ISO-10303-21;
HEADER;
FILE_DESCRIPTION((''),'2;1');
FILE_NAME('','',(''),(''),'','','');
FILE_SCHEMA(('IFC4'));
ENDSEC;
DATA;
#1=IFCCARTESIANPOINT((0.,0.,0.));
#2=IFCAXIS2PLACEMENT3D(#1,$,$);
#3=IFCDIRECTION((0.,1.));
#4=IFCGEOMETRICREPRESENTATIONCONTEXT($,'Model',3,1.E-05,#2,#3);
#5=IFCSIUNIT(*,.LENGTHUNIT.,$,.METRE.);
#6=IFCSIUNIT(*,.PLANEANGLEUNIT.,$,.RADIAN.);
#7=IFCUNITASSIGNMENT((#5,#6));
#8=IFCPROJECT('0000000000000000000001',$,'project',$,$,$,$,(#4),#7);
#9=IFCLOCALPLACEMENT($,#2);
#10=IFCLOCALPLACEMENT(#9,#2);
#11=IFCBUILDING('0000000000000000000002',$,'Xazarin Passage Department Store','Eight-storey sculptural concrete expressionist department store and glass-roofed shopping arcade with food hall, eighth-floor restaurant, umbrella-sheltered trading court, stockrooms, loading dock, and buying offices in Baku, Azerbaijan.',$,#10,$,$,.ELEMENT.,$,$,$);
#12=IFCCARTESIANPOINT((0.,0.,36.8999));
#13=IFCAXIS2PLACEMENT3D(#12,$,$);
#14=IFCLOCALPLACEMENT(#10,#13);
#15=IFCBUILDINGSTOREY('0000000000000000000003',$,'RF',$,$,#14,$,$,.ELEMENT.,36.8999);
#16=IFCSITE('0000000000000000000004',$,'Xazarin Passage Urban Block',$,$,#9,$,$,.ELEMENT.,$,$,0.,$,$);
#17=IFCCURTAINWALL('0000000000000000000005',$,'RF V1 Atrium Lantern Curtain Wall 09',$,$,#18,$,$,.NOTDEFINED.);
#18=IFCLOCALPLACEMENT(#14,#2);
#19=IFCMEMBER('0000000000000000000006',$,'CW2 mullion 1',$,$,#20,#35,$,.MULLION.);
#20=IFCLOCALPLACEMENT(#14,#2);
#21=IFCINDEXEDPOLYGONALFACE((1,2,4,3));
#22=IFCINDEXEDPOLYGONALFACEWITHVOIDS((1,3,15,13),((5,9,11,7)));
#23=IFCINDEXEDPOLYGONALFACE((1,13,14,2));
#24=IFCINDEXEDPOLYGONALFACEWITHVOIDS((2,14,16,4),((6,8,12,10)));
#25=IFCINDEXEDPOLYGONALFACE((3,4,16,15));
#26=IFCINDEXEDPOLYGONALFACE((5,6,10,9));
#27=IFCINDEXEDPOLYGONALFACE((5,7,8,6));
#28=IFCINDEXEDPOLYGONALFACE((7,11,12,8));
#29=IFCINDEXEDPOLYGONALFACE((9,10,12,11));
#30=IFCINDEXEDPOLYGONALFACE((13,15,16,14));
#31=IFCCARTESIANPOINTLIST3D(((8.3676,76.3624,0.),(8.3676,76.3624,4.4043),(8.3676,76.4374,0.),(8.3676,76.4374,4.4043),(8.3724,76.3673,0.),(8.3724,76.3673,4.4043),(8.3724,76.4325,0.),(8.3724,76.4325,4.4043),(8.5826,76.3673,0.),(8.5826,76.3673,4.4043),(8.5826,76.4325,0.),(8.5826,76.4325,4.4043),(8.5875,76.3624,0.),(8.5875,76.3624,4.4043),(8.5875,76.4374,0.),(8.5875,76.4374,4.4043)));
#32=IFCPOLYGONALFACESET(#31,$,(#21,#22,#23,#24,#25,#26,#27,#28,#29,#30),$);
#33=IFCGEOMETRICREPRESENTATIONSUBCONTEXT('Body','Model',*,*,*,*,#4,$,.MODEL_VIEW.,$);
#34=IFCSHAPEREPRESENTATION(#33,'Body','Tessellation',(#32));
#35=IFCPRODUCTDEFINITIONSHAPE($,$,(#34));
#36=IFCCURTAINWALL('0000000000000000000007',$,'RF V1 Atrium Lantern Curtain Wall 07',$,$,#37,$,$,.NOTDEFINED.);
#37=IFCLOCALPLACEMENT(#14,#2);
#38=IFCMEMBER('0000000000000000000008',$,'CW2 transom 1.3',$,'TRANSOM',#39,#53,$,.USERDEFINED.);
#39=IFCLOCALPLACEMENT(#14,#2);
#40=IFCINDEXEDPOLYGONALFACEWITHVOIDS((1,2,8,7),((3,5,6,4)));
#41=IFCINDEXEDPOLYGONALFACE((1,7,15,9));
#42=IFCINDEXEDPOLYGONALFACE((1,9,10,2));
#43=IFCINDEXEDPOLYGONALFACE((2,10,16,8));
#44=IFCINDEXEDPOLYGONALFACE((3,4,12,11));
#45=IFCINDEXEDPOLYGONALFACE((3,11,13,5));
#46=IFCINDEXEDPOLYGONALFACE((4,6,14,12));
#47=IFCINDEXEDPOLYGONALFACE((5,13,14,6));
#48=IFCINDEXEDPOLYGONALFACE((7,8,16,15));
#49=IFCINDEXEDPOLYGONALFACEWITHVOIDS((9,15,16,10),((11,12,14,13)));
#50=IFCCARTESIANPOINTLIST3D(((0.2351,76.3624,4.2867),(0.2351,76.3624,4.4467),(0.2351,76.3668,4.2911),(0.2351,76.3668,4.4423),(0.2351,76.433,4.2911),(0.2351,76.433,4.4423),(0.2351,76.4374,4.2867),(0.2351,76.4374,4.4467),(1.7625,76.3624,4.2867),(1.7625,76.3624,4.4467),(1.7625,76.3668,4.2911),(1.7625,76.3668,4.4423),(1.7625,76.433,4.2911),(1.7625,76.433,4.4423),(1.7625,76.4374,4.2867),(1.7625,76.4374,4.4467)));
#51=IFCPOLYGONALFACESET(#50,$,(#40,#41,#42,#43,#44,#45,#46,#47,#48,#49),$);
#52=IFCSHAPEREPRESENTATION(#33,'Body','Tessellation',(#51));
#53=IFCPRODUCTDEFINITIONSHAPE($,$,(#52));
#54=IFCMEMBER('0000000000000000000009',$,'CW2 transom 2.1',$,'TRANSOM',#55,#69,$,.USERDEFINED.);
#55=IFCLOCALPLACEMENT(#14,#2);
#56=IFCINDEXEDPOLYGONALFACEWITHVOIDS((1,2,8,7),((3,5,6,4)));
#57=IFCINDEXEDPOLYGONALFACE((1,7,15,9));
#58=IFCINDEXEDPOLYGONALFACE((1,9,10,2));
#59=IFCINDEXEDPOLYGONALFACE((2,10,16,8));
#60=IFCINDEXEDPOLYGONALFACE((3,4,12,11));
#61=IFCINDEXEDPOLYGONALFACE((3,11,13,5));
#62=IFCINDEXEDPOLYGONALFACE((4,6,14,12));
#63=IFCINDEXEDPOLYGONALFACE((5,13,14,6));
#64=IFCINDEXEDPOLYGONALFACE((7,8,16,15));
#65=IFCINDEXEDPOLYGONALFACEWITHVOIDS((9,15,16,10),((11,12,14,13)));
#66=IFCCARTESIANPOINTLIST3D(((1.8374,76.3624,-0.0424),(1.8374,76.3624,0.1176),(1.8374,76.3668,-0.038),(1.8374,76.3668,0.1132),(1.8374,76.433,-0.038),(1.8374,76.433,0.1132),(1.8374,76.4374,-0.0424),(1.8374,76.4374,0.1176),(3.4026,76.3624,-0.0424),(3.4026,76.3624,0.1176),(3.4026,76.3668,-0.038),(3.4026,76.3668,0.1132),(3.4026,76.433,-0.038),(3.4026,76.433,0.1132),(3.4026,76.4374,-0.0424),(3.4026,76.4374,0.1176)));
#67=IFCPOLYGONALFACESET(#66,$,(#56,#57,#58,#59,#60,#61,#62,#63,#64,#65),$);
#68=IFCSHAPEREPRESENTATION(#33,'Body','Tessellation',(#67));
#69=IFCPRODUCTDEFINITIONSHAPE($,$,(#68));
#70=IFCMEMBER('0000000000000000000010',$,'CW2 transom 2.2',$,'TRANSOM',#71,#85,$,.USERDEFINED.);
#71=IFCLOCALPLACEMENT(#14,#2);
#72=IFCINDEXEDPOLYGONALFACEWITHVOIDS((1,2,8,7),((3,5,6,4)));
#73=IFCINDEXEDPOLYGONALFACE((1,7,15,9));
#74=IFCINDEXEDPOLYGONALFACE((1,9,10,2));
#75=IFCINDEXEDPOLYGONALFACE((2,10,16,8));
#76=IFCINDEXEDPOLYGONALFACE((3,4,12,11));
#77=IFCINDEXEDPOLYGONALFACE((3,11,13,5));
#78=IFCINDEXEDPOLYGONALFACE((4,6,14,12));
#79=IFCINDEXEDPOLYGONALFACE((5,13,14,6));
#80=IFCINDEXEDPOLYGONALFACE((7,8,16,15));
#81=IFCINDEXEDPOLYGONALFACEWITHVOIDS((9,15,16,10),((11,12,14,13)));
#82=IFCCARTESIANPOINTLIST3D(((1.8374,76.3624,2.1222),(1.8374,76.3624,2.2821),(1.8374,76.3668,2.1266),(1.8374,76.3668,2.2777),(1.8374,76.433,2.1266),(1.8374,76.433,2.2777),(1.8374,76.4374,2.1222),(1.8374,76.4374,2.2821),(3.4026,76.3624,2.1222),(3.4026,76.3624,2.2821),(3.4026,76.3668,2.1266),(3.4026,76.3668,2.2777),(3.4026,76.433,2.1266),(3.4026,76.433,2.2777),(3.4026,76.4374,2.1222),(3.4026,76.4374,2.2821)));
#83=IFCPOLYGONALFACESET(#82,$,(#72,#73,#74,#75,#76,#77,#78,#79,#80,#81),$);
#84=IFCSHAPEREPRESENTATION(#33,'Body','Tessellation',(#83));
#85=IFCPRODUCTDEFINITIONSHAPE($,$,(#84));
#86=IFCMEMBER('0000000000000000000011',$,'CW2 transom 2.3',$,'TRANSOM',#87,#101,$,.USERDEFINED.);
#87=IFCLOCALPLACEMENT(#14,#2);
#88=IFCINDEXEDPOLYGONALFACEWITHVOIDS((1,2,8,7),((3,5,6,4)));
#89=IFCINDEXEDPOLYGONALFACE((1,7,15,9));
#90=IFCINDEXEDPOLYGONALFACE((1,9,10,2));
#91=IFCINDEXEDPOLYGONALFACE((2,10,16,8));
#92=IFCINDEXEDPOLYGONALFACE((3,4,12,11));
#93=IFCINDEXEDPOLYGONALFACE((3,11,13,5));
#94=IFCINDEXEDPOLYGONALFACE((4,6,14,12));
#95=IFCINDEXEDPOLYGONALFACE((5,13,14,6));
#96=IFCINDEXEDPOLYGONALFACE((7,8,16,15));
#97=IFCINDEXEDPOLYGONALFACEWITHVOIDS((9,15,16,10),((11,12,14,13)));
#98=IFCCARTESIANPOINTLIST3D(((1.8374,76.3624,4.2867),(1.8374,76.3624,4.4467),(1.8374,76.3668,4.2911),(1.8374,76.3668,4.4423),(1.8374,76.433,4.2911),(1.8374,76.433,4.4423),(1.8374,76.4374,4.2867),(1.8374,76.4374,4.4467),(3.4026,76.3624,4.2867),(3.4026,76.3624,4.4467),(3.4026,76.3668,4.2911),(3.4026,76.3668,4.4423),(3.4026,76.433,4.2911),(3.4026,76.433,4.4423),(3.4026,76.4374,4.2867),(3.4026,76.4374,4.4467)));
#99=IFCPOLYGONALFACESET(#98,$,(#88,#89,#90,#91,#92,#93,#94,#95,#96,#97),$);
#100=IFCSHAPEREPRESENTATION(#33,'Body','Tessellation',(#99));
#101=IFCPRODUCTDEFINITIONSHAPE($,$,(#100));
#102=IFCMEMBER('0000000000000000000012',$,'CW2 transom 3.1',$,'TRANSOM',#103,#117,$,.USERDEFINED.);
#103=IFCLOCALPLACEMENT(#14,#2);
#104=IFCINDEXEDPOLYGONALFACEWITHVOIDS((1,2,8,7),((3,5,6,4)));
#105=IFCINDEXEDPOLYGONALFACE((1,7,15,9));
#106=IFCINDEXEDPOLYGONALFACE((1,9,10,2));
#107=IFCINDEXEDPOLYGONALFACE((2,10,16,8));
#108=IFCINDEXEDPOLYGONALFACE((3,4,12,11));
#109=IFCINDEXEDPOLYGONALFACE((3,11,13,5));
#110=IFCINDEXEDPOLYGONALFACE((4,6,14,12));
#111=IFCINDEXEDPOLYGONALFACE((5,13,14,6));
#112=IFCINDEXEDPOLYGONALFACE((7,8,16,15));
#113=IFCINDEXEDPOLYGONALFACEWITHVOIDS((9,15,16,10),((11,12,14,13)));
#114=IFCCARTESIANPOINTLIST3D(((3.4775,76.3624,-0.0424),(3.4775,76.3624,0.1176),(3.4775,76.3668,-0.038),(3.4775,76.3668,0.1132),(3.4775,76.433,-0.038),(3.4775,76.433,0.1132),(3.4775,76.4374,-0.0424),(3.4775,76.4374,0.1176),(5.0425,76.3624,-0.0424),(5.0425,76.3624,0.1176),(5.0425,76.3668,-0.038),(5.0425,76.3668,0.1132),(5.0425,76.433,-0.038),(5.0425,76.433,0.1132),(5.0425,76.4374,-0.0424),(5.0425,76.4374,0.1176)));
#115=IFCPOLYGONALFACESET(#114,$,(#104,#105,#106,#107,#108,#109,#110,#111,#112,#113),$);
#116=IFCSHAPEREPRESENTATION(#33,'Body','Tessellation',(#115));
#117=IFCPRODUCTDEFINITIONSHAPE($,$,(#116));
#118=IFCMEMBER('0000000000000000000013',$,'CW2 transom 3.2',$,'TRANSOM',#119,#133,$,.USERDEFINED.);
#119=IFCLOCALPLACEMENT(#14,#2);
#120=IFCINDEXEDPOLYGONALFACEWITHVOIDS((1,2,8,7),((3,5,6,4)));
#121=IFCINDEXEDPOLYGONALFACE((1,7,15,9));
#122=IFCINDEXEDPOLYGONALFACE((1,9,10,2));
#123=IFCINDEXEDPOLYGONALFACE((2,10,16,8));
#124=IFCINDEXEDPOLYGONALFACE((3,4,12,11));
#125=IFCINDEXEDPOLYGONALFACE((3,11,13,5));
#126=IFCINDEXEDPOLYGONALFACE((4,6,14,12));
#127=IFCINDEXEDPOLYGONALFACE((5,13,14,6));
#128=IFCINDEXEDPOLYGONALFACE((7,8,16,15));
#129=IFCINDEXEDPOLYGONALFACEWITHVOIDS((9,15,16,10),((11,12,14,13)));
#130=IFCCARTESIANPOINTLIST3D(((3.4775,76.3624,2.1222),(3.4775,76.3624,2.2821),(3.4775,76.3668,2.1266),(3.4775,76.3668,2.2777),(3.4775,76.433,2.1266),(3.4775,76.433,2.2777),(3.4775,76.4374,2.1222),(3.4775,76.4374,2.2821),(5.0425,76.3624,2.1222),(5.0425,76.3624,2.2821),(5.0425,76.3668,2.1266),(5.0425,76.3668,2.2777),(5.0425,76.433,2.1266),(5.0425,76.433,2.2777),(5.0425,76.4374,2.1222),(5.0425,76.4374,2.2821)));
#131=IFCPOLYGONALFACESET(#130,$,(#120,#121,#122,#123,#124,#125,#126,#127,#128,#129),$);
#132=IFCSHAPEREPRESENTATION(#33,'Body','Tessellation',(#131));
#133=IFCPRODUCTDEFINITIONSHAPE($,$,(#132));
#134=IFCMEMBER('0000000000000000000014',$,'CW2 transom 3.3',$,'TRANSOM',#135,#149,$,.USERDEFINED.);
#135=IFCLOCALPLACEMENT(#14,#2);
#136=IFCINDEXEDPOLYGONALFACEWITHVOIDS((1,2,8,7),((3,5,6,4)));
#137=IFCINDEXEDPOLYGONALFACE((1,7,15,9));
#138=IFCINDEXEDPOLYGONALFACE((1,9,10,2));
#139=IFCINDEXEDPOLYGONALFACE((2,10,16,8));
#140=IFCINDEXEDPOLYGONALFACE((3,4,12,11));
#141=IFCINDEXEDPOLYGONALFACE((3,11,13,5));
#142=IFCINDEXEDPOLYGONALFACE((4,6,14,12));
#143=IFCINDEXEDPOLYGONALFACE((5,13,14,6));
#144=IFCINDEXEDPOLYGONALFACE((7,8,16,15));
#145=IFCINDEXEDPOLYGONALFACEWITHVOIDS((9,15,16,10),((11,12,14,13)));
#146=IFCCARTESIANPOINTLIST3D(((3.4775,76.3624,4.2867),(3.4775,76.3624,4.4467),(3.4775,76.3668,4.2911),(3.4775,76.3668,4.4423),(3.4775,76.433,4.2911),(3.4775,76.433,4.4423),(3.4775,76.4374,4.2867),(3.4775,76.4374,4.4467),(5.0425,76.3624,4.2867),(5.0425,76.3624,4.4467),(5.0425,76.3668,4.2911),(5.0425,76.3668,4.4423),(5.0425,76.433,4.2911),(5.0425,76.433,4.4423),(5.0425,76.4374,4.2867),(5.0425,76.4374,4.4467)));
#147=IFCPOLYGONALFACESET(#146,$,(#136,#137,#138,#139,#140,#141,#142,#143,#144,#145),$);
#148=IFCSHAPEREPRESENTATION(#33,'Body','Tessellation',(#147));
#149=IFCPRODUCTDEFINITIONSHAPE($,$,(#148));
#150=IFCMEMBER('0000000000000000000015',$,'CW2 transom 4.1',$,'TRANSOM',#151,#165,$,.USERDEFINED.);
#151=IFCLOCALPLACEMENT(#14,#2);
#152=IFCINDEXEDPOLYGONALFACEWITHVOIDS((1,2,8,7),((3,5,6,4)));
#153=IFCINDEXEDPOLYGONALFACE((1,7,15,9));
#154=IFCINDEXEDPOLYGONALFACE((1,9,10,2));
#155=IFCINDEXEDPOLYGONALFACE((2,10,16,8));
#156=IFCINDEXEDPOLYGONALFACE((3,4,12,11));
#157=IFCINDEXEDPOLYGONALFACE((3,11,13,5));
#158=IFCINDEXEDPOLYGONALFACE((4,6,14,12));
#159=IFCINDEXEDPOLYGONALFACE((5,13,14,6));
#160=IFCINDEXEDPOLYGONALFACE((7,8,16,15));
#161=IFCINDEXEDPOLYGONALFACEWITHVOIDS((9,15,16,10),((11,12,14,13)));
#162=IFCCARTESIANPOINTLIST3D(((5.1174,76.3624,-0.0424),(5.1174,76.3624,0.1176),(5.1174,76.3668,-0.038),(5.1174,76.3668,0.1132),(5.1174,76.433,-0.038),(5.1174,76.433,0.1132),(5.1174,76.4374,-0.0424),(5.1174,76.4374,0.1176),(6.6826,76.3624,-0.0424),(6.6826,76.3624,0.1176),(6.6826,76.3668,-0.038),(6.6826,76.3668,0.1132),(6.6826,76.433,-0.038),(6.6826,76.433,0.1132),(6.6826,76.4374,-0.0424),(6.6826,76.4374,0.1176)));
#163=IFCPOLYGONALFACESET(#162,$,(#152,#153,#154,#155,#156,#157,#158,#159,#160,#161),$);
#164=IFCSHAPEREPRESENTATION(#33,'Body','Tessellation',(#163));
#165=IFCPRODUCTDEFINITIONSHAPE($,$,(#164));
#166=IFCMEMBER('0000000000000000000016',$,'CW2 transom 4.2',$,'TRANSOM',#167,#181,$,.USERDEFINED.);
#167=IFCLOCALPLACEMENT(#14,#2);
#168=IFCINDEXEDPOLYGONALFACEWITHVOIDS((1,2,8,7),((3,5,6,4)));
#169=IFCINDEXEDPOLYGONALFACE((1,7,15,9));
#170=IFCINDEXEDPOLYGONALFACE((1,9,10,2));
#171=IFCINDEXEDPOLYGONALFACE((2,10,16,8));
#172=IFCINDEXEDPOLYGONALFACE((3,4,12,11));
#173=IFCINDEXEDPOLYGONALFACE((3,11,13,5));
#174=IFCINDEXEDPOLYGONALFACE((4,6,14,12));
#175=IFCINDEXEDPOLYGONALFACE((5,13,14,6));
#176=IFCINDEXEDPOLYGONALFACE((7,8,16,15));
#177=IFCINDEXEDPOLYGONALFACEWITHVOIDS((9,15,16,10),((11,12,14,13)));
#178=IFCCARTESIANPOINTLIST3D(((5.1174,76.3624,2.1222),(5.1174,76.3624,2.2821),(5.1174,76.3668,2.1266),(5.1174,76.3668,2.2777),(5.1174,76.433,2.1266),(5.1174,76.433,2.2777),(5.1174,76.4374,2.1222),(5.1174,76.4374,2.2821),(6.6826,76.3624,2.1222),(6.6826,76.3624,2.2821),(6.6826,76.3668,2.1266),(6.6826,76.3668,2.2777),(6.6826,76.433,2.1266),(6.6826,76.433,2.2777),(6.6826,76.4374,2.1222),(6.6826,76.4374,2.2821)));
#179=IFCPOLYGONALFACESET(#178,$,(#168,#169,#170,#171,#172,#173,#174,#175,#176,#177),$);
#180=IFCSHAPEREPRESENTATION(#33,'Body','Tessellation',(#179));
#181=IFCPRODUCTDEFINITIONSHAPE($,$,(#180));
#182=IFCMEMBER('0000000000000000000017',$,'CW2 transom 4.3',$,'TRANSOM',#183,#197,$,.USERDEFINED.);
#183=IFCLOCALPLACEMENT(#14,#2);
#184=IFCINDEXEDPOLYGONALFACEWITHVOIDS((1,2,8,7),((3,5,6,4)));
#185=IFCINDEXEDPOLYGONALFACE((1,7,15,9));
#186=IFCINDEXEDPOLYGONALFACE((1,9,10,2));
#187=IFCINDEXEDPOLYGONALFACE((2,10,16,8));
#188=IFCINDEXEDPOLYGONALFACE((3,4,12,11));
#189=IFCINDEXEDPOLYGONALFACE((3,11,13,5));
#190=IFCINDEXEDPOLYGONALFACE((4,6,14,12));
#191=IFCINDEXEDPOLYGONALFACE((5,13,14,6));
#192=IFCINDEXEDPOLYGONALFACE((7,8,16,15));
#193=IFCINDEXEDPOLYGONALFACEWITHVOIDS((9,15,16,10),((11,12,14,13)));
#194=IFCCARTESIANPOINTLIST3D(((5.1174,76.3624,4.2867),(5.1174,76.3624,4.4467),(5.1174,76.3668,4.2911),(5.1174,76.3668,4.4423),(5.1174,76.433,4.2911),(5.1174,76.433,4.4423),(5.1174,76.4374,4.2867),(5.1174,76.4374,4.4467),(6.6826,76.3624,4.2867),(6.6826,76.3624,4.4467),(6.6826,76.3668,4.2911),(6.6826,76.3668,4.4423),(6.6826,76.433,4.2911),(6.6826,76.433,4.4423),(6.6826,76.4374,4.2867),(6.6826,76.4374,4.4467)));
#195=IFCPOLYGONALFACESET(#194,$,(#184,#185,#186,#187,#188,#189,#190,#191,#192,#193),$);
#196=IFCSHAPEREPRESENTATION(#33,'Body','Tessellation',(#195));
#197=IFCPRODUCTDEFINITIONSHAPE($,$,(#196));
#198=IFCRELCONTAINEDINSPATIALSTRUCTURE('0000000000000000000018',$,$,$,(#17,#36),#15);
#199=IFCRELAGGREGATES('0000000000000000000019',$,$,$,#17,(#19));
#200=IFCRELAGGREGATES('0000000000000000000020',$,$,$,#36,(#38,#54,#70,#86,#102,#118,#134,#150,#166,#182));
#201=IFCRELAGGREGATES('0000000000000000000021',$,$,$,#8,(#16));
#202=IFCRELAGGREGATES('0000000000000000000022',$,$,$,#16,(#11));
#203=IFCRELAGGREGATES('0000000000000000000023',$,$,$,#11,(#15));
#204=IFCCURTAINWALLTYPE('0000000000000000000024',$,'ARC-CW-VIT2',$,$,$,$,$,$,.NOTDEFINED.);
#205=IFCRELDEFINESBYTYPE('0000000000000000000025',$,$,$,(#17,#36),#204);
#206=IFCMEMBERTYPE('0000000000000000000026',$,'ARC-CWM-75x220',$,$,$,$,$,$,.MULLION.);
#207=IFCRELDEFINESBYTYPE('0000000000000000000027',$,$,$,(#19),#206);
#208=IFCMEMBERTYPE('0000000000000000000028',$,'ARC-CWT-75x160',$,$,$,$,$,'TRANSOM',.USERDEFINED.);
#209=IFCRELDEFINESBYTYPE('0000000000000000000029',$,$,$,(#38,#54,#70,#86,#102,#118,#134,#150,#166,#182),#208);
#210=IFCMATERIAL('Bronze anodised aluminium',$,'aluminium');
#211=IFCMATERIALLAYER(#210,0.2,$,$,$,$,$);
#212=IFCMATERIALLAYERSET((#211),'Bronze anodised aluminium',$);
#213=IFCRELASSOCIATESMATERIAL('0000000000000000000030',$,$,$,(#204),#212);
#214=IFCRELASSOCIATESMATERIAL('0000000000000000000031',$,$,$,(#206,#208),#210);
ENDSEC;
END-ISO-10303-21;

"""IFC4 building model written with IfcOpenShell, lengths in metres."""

from ifc_helpers import new_model, si_unit, direction, frame, origin, origin_2d, place, context, subcontext, project, spatial, hollow_rectangle, extrude, material, layer, layer_set, material_profile, profile_set, type_object, element, aggregate, save


model = new_model("IFC4")

# Units and contexts
model_context = context("Model", 3, precision=1e-05, world=origin(), true_north=direction((0.0, 1.0)))
body_context = subcontext(model_context, "Body", "Model", "MODEL_VIEW")
ifc_project = project(units=[si_unit("LENGTHUNIT", "METRE"), si_unit("PLANEANGLEUNIT", "RADIAN")], contexts=[model_context])

# Site, building, storey
site_placement = place(None, origin())
site = spatial("IfcSite", under=ifc_project, at=site_placement, Name="Xazarin Passage Urban Block", CompositionType="ELEMENT", RefElevation=0.0)
building_placement = place(site_placement, origin())
building = spatial("IfcBuilding", under=site, at=building_placement, Name="Xazarin Passage Department Store", Description="Eight-storey sculptural concrete expressionist department store and glass-roofed shopping arcade with food hall, eighth-floor restaurant, umbrella-sheltered trading court, stockrooms, loading dock, and buying offices in Baku, Azerbaijan.", CompositionType="ELEMENT")
storey_placement = place(building_placement, frame((0.0, 0.0, 36.8999)))
storey = spatial("IfcBuildingStorey", under=building, at=storey_placement, Name="RF", CompositionType="ELEMENT", Elevation=36.8999)

# Curtain wall, member
ifc_material_1 = material(Name="Bronze anodised aluminium", Category="aluminium")
ifc_layer_1 = layer(ifc_material_1, 0.2)
ifc_layer_set_1 = layer_set([ifc_layer_1], Name="Bronze anodised aluminium")
curtain_wall_type = type_object("IfcCurtainWallType", Name="ARC-CW-VIT2", PredefinedType="NOTDEFINED", material=ifc_layer_set_1)
curtain_wall_1_placement = place(storey_placement, origin())
curtain_wall_1 = element("IfcCurtainWall", 1, at=curtain_wall_1_placement, inside=storey, type_object=curtain_wall_type, Name="RF V1 Atrium Lantern Curtain Wall 09", PredefinedType="NOTDEFINED")
ifc_material_profile_1 = material_profile(ifc_material_1, hollow_rectangle(XDim=0.075, YDim=0.22, WallThickness=0.0049, at=origin_2d()), Name="ALU 75x220")
ifc_profile_set_1 = profile_set([ifc_material_profile_1], Name="Bronze anodised aluminium")
member_type_1 = type_object("IfcMemberType", Name="ARC-CWM-75x220", PredefinedType="MULLION", material=ifc_profile_set_1)
member_1_placement = place(storey_placement, frame((8.4775, 76.3999, 0.0), z_axis=(0.0, 0.0, 1.0), x_axis=(0.0, 1.0, 0.0)))
member_1 = element("IfcMember", 2, at=member_1_placement, type_object=member_type_1, Name="CW2 mullion 1", PredefinedType="MULLION", context=body_context, shape_type="SweptSolid", body=[
    extrude(hollow_rectangle(XDim=0.075, YDim=0.22, WallThickness=0.0049, at=origin_2d()), origin(), (0.0, 0.0, 1.0), 4.4043),
])
aggregate(curtain_wall_1, [member_1])

# Curtain wall, members
curtain_wall_2_placement = place(storey_placement, origin())
curtain_wall_2 = element("IfcCurtainWall", 3, at=curtain_wall_2_placement, inside=storey, type_object=curtain_wall_type, Name="RF V1 Atrium Lantern Curtain Wall 07", PredefinedType="NOTDEFINED")
ifc_material_profile_2 = material_profile(ifc_material_1, hollow_rectangle(XDim=0.075, YDim=0.1599, WallThickness=0.0044, at=origin_2d()), Name="ALU 75x160")
ifc_profile_set_2 = profile_set([ifc_material_profile_2], Name="Bronze anodised aluminium")
member_type_2 = type_object("IfcMemberType", Name="ARC-CWT-75x160", ElementType="TRANSOM", PredefinedType="USERDEFINED", material=ifc_profile_set_2)
member_2_placement = place(storey_placement, frame((0.2351, 76.3999, 4.3667), z_axis=(1.0, 0.0, 0.0), x_axis=(0.0, 1.0, 0.0)))
member_2 = element("IfcMember", 4, at=member_2_placement, type_object=member_type_2, Name="CW2 transom 1.3", ObjectType="TRANSOM", PredefinedType="USERDEFINED", context=body_context, shape_type="SweptSolid", body=[
    extrude(hollow_rectangle(XDim=0.075, YDim=0.1599, WallThickness=0.0044, at=origin_2d()), origin(), (0.0, 0.0, 1.0), 1.5273),
])
member_3_placement = place(storey_placement, frame((1.8374, 76.3999, 0.0376), z_axis=(1.0, 0.0, 0.0), x_axis=(0.0, 1.0, 0.0)))
member_3 = element("IfcMember", 5, at=member_3_placement, type_object=member_type_2, Name="CW2 transom 2.1", ObjectType="TRANSOM", PredefinedType="USERDEFINED", context=body_context, shape_type="SweptSolid", body=[
    extrude(hollow_rectangle(XDim=0.075, YDim=0.1599, WallThickness=0.0044, at=origin_2d()), origin(), (0.0, 0.0, 1.0), 1.5652),
])
member_4_placement = place(storey_placement, frame((1.8374, 76.3999, 2.2021), z_axis=(1.0, 0.0, 0.0), x_axis=(0.0, 1.0, 0.0)))
member_4 = element("IfcMember", 6, at=member_4_placement, type_object=member_type_2, Name="CW2 transom 2.2", ObjectType="TRANSOM", PredefinedType="USERDEFINED", context=body_context, shape_type="SweptSolid", body=[
    extrude(hollow_rectangle(XDim=0.075, YDim=0.1599, WallThickness=0.0044, at=origin_2d()), origin(), (0.0, 0.0, 1.0), 1.5652),
])
member_5_placement = place(storey_placement, frame((1.8374, 76.3999, 4.3667), z_axis=(1.0, 0.0, 0.0), x_axis=(0.0, 1.0, 0.0)))
member_5 = element("IfcMember", 7, at=member_5_placement, type_object=member_type_2, Name="CW2 transom 2.3", ObjectType="TRANSOM", PredefinedType="USERDEFINED", context=body_context, shape_type="SweptSolid", body=[
    extrude(hollow_rectangle(XDim=0.075, YDim=0.1599, WallThickness=0.0044, at=origin_2d()), origin(), (0.0, 0.0, 1.0), 1.5652),
])
member_6_placement = place(storey_placement, frame((3.4775, 76.3999, 0.0376), z_axis=(1.0, 0.0, 0.0), x_axis=(0.0, 1.0, 0.0)))
member_6 = element("IfcMember", 8, at=member_6_placement, type_object=member_type_2, Name="CW2 transom 3.1", ObjectType="TRANSOM", PredefinedType="USERDEFINED", context=body_context, shape_type="SweptSolid", body=[
    extrude(hollow_rectangle(XDim=0.075, YDim=0.1599, WallThickness=0.0044, at=origin_2d()), origin(), (0.0, 0.0, 1.0), 1.5649),
])
member_7_placement = place(storey_placement, frame((3.4775, 76.3999, 2.2021), z_axis=(1.0, 0.0, 0.0), x_axis=(0.0, 1.0, 0.0)))
member_7 = element("IfcMember", 9, at=member_7_placement, type_object=member_type_2, Name="CW2 transom 3.2", ObjectType="TRANSOM", PredefinedType="USERDEFINED", context=body_context, shape_type="SweptSolid", body=[
    extrude(hollow_rectangle(XDim=0.075, YDim=0.1599, WallThickness=0.0044, at=origin_2d()), origin(), (0.0, 0.0, 1.0), 1.5649),
])
member_8_placement = place(storey_placement, frame((3.4775, 76.3999, 4.3667), z_axis=(1.0, 0.0, 0.0), x_axis=(0.0, 1.0, 0.0)))
member_8 = element("IfcMember", 10, at=member_8_placement, type_object=member_type_2, Name="CW2 transom 3.3", ObjectType="TRANSOM", PredefinedType="USERDEFINED", context=body_context, shape_type="SweptSolid", body=[
    extrude(hollow_rectangle(XDim=0.075, YDim=0.1599, WallThickness=0.0044, at=origin_2d()), origin(), (0.0, 0.0, 1.0), 1.5649),
])
member_9_placement = place(storey_placement, frame((5.1174, 76.3999, 0.0376), z_axis=(1.0, 0.0, 0.0), x_axis=(0.0, 1.0, 0.0)))
member_9 = element("IfcMember", 11, at=member_9_placement, type_object=member_type_2, Name="CW2 transom 4.1", ObjectType="TRANSOM", PredefinedType="USERDEFINED", context=body_context, shape_type="SweptSolid", body=[
    extrude(hollow_rectangle(XDim=0.075, YDim=0.1599, WallThickness=0.0044, at=origin_2d()), origin(), (0.0, 0.0, 1.0), 1.5652),
])
member_10_placement = place(storey_placement, frame((5.1174, 76.3999, 2.2021), z_axis=(1.0, 0.0, 0.0), x_axis=(0.0, 1.0, 0.0)))
member_10 = element("IfcMember", 12, at=member_10_placement, type_object=member_type_2, Name="CW2 transom 4.2", ObjectType="TRANSOM", PredefinedType="USERDEFINED", context=body_context, shape_type="SweptSolid", body=[
    extrude(hollow_rectangle(XDim=0.075, YDim=0.1599, WallThickness=0.0044, at=origin_2d()), origin(), (0.0, 0.0, 1.0), 1.5652),
])
member_11_placement = place(storey_placement, frame((5.1174, 76.3999, 4.3667), z_axis=(1.0, 0.0, 0.0), x_axis=(0.0, 1.0, 0.0)))
member_11 = element("IfcMember", 13, at=member_11_placement, type_object=member_type_2, Name="CW2 transom 4.3", ObjectType="TRANSOM", PredefinedType="USERDEFINED", context=body_context, shape_type="SweptSolid", body=[
    extrude(hollow_rectangle(XDim=0.075, YDim=0.1599, WallThickness=0.0044, at=origin_2d()), origin(), (0.0, 0.0, 1.0), 1.5652),
])
aggregate(curtain_wall_2, [member_2, member_3, member_4, member_5, member_6, member_7, member_8, member_9, member_10, member_11])

save(model, "model.ifc")
